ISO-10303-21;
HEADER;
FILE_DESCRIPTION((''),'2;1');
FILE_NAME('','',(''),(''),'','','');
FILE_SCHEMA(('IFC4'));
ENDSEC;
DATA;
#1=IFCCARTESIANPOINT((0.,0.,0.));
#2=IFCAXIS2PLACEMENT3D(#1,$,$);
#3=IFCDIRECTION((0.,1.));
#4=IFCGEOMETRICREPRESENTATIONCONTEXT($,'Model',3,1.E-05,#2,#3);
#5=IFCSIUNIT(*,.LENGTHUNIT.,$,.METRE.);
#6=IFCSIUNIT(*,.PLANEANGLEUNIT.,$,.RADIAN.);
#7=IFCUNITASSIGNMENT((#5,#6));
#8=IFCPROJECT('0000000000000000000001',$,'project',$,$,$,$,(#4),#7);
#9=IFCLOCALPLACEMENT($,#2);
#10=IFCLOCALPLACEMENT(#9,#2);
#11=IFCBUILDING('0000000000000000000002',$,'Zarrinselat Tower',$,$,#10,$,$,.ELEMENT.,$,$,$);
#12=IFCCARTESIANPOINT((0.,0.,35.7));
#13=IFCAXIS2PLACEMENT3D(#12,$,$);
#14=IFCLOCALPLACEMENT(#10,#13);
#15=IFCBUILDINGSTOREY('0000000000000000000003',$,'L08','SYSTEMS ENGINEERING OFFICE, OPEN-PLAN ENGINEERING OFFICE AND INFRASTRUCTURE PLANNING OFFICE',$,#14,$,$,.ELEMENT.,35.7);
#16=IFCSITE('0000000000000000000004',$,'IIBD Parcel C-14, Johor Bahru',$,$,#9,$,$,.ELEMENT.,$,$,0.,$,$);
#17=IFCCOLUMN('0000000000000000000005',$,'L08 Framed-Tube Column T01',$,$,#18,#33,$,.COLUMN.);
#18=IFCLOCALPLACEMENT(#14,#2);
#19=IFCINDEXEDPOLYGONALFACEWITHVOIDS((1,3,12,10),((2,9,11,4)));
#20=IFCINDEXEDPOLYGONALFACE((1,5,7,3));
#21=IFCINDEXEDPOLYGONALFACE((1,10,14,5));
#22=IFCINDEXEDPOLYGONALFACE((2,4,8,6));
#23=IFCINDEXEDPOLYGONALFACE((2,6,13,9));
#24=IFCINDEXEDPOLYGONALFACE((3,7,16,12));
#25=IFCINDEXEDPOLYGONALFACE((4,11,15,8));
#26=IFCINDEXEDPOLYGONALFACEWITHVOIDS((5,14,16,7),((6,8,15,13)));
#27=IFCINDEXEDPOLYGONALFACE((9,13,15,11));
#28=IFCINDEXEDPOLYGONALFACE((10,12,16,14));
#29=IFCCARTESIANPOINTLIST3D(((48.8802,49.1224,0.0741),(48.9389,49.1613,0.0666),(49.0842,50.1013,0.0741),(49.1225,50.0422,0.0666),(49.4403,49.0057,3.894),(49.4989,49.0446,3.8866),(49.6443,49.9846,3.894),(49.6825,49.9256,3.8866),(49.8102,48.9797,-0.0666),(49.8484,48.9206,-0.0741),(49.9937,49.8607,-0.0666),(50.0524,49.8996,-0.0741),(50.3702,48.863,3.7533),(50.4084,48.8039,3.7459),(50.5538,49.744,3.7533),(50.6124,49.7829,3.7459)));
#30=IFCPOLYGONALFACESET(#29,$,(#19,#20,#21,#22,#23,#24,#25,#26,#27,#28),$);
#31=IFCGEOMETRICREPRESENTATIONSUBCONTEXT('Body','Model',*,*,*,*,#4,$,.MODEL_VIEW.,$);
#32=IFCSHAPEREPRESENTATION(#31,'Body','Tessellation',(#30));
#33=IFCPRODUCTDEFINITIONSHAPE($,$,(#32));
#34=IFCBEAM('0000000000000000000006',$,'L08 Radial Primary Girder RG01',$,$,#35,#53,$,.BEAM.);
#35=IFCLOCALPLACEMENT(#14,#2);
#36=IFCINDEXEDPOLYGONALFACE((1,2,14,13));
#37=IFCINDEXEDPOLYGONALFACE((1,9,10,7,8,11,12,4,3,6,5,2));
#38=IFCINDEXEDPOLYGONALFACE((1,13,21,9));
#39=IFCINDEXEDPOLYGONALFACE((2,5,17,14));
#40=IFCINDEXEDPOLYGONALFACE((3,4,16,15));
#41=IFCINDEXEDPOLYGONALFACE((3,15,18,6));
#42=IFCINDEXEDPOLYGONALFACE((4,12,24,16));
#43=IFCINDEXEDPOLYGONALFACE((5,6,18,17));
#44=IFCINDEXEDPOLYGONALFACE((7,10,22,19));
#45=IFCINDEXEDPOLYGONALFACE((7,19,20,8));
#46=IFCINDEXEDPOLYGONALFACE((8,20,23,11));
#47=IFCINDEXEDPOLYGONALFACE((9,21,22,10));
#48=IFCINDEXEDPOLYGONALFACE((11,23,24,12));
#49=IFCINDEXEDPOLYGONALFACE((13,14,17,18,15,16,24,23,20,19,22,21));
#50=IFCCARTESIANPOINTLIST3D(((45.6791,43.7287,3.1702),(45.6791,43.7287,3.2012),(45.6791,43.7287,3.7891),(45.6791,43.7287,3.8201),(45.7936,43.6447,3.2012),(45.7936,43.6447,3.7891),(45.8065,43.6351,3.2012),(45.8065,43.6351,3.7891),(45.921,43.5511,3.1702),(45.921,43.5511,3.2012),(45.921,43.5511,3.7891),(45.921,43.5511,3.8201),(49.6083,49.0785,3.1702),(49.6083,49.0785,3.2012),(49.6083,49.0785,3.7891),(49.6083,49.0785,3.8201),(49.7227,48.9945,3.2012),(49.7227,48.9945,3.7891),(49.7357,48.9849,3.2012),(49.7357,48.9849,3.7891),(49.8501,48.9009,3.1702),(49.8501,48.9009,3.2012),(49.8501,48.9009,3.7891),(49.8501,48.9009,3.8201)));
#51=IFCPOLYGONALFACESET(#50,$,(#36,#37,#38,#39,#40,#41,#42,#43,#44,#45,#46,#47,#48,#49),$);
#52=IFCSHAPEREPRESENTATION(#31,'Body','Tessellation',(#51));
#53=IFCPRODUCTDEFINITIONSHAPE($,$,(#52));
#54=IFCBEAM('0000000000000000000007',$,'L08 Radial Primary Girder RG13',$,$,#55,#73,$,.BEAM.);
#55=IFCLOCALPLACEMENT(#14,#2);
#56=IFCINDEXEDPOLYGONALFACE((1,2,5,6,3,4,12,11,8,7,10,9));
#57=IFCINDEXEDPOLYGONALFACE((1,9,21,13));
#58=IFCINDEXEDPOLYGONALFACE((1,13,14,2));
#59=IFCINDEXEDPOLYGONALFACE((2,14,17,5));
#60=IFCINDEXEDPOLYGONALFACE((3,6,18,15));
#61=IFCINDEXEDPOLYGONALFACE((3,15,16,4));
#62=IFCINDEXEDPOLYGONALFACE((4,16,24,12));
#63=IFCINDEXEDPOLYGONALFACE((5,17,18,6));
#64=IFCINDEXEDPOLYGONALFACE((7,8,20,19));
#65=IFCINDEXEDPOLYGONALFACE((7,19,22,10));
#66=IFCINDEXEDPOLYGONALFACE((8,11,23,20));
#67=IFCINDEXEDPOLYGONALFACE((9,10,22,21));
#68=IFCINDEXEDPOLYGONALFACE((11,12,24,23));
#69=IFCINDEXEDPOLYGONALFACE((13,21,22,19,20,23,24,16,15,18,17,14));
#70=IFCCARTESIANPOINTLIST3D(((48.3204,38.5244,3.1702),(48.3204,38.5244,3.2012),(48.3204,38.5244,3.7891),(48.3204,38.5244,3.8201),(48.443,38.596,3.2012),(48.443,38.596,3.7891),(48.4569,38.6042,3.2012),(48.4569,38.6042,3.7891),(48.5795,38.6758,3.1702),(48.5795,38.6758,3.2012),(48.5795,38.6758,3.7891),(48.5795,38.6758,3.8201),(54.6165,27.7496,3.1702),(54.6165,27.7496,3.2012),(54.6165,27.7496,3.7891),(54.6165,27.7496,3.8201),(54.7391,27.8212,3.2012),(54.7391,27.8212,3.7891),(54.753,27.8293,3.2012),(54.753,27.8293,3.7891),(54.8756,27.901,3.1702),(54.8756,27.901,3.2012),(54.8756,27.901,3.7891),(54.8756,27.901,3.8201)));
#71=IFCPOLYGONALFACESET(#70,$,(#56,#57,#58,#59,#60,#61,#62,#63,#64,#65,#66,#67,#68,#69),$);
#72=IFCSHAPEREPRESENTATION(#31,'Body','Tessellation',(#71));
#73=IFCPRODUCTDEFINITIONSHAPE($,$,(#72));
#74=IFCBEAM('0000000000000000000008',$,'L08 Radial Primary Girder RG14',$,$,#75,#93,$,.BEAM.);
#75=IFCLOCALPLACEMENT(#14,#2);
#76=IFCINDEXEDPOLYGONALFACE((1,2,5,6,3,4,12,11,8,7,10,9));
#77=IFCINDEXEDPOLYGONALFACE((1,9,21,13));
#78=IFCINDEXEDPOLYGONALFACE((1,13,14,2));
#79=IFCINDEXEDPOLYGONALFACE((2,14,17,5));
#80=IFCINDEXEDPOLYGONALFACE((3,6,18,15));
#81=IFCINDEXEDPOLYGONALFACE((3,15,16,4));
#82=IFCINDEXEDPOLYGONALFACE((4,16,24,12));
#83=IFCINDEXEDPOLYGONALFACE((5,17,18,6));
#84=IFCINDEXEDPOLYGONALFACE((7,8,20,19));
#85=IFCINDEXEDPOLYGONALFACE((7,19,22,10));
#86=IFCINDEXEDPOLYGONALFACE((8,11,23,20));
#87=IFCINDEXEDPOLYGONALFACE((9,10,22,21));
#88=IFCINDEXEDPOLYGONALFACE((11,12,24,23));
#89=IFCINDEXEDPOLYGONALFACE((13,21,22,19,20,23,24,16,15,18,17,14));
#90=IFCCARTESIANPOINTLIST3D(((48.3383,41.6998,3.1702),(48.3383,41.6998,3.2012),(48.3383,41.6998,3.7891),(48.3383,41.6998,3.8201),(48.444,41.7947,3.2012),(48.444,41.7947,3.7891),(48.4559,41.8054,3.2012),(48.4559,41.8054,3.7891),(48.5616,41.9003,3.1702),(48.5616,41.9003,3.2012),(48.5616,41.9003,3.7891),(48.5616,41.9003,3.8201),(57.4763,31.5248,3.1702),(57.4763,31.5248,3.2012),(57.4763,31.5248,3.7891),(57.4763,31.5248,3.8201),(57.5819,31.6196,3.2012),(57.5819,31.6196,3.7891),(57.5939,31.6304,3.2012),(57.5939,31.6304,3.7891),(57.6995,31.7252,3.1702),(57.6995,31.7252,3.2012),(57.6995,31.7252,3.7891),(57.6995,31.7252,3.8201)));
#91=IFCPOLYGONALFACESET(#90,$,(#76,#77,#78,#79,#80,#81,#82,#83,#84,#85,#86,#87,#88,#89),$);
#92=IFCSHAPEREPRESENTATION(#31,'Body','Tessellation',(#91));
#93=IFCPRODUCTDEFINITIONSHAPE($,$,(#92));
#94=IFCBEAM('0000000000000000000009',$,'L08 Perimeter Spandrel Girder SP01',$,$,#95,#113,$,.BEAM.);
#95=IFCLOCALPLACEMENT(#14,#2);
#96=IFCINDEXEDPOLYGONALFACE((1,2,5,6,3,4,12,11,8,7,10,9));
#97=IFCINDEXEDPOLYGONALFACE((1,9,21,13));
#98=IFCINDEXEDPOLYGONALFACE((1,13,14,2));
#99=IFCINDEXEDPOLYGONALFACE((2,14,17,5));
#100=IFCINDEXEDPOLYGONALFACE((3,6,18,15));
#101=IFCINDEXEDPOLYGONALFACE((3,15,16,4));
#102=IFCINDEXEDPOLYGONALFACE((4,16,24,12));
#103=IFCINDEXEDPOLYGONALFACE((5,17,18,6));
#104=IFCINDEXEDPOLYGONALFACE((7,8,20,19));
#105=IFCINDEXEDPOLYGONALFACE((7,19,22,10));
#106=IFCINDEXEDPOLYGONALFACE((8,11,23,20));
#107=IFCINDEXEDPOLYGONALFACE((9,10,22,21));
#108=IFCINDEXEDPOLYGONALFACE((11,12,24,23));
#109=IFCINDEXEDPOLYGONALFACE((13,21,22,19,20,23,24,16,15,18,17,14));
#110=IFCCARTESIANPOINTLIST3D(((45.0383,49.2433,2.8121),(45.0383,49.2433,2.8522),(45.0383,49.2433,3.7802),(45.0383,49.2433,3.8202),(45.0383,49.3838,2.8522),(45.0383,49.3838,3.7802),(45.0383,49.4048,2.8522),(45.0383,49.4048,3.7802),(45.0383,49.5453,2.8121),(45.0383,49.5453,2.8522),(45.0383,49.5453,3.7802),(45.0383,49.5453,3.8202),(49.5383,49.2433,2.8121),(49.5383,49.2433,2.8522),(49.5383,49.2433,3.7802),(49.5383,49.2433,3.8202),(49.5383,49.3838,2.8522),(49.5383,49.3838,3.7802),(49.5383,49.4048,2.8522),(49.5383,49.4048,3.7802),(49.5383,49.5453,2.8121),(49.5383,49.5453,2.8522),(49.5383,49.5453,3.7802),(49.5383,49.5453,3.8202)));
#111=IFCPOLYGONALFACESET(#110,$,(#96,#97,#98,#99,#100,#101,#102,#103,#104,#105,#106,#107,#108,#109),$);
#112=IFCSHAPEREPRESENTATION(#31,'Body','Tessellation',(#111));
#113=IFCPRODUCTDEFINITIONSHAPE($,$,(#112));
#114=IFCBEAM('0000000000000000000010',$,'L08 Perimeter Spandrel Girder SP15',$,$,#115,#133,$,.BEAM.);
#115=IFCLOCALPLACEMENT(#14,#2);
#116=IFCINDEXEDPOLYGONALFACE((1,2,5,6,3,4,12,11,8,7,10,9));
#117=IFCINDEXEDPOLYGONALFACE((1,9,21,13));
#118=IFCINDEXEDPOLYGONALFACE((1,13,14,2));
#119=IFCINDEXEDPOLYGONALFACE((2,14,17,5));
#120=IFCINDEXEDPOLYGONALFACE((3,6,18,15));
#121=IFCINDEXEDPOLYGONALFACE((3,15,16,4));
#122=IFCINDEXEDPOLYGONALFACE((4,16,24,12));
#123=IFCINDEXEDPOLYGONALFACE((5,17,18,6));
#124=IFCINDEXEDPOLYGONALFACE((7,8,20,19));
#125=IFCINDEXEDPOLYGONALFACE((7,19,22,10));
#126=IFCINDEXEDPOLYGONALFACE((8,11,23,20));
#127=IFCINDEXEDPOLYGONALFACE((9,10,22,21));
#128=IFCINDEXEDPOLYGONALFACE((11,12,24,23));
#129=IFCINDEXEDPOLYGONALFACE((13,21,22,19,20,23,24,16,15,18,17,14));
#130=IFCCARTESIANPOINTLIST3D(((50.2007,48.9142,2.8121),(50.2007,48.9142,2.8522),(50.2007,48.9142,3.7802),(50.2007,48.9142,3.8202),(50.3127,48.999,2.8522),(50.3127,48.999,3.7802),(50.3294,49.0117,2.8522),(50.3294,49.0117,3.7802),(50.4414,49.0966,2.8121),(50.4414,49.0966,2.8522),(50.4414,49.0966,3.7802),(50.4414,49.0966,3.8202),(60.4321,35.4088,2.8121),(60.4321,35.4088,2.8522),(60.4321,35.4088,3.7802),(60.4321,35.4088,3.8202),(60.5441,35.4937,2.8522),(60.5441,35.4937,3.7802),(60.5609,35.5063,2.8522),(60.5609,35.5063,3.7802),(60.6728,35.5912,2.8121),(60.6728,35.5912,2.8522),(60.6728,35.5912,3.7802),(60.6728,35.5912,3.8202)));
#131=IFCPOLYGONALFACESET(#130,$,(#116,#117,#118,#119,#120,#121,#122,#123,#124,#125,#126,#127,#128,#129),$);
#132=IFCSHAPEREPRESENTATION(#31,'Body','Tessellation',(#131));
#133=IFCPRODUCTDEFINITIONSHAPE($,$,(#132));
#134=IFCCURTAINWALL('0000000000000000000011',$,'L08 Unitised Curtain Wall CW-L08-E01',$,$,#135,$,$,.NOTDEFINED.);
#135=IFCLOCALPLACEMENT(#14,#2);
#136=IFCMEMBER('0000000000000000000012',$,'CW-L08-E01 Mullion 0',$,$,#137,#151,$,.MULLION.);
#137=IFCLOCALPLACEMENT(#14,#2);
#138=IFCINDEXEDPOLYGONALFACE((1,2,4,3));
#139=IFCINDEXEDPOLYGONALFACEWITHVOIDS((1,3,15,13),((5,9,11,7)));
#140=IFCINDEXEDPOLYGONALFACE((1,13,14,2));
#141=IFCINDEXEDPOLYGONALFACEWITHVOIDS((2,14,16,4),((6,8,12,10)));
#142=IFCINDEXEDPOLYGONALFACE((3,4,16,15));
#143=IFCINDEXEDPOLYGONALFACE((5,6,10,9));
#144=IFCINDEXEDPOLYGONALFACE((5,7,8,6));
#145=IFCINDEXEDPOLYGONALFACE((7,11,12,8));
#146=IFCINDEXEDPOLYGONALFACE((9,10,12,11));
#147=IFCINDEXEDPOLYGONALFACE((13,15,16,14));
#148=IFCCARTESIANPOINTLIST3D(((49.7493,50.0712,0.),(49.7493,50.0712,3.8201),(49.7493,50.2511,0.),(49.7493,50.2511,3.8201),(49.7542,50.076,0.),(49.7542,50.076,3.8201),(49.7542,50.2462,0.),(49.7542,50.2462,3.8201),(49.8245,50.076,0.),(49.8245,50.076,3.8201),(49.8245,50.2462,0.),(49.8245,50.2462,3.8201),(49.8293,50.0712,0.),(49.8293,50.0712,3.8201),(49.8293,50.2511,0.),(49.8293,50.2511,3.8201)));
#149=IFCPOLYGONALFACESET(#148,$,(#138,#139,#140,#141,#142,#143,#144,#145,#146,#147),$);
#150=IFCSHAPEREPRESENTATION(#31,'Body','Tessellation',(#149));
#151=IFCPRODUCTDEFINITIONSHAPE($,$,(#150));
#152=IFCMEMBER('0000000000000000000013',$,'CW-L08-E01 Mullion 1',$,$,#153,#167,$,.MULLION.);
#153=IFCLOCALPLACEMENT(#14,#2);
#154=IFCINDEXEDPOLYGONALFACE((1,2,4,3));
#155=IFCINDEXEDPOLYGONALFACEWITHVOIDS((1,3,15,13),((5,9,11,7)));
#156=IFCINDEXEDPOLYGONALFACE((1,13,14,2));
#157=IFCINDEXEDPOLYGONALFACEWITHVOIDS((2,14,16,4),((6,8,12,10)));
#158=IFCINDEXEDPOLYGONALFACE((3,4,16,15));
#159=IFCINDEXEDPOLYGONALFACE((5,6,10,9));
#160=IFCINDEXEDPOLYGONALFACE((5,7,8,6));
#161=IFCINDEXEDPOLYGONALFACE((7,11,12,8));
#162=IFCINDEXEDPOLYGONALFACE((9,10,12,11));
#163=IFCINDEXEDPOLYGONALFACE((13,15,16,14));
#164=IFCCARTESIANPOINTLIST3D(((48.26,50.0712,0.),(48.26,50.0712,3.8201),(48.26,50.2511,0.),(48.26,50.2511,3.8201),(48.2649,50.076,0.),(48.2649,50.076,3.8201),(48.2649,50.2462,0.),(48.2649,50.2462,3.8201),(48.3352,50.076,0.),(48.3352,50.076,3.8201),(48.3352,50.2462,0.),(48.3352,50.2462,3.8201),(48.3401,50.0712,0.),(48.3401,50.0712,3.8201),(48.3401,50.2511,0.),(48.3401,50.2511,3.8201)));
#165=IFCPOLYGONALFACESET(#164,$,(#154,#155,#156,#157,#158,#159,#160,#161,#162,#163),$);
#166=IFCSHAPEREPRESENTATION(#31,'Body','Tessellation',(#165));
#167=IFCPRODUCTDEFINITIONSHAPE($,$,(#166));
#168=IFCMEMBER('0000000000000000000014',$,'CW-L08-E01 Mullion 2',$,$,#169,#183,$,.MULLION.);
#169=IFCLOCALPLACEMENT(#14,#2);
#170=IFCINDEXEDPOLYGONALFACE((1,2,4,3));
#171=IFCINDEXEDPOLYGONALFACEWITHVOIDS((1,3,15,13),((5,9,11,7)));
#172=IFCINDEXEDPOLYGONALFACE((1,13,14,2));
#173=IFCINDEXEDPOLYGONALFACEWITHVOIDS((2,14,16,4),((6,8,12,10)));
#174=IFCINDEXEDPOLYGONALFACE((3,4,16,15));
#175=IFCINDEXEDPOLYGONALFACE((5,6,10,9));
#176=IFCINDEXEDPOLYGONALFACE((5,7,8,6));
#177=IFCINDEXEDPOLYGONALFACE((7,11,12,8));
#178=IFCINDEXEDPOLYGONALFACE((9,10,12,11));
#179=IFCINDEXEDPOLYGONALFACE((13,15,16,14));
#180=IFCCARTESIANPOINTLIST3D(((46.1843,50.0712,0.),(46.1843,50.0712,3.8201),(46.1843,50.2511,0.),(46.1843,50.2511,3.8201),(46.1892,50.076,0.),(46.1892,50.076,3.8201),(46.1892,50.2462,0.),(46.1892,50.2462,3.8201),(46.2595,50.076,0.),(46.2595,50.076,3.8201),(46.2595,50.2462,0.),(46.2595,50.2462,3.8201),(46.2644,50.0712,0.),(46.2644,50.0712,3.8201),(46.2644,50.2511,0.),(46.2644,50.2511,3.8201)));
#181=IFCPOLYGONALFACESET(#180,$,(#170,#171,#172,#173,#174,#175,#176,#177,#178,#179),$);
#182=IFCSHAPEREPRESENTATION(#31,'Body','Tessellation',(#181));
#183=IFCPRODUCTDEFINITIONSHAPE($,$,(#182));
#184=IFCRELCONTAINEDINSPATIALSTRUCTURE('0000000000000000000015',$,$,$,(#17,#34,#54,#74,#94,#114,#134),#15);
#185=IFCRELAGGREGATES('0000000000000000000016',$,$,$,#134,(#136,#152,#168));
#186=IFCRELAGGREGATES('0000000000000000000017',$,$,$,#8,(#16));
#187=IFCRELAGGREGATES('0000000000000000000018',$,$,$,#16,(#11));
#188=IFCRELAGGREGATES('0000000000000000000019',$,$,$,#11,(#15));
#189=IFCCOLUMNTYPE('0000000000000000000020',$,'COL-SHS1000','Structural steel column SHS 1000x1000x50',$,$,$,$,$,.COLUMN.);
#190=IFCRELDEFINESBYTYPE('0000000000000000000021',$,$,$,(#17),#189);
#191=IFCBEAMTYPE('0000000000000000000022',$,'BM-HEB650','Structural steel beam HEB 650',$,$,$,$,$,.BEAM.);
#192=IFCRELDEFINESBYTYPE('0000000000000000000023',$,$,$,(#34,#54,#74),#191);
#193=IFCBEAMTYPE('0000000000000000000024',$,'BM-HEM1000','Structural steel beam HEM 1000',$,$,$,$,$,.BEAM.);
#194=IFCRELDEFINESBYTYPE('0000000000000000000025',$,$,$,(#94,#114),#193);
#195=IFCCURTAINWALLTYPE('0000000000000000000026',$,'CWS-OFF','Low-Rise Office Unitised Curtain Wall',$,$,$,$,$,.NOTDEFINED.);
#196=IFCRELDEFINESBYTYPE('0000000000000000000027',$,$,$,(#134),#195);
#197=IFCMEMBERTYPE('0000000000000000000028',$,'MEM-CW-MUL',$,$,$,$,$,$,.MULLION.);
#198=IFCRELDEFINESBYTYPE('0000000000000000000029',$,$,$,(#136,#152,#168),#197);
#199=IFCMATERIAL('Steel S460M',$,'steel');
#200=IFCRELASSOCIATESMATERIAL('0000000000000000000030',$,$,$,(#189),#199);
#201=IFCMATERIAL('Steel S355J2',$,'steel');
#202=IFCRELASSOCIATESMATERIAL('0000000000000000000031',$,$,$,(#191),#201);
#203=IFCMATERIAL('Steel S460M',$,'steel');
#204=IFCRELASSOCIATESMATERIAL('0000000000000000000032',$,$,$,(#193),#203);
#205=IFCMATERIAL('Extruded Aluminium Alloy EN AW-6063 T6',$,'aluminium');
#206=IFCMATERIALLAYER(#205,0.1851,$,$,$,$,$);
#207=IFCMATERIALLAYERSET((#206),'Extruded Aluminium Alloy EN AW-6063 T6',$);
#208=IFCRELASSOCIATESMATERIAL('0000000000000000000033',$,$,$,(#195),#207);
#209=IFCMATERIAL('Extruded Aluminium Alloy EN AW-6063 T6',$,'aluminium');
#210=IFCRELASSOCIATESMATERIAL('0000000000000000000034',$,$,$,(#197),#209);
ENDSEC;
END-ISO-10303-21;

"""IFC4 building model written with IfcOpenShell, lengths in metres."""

from ifc_helpers import new_model, si_unit, direction, frame, origin, origin_2d, place, context, subcontext, project, spatial, hollow_rectangle, i_section, extrude, material, layer, layer_set, material_profile, profile_set, type_object, element, aggregate, save


model = new_model("IFC4")

# Units and contexts
model_context = context("Model", 3, precision=1e-05, world=origin(), true_north=direction((0.0, 1.0)))
body_context = subcontext(model_context, "Body", "Model", "MODEL_VIEW")
ifc_project = project(units=[si_unit("LENGTHUNIT", "METRE"), si_unit("PLANEANGLEUNIT", "RADIAN")], contexts=[model_context])

# Site, building, storey
site_placement = place(None, origin())
site = spatial("IfcSite", under=ifc_project, at=site_placement, Name="IIBD Parcel C-14, Johor Bahru", CompositionType="ELEMENT", RefElevation=0.0)
building_placement = place(site_placement, origin())
building = spatial("IfcBuilding", under=site, at=building_placement, Name="Zarrinselat Tower", CompositionType="ELEMENT")
storey_placement = place(building_placement, frame((0.0, 0.0, 35.7)))
storey = spatial("IfcBuildingStorey", under=building, at=storey_placement, Name="L08", Description="SYSTEMS ENGINEERING OFFICE, OPEN-PLAN ENGINEERING OFFICE AND INFRASTRUCTURE PLANNING OFFICE", CompositionType="ELEMENT", Elevation=35.7)

# Column
ifc_material_1 = material(Name="Steel S460M", Category="steel")
ifc_material_profile_1 = material_profile(ifc_material_1, hollow_rectangle(XDim=1.0, YDim=1.0, WallThickness=0.05, at=origin_2d()), Name="SHS 1000x1000x50")
ifc_profile_set_1 = profile_set([ifc_material_profile_1], Name="Steel S460M")
column_type = type_object("IfcColumnType", Name="COL-SHS1000", Description="Structural steel column SHS 1000x1000x50", PredefinedType="COLUMN", material=ifc_profile_set_1)
column_placement = place(storey_placement, frame((49.4663, 49.511, 0.0), z_axis=(0.144993, -0.030212, 0.988971), x_axis=(0.203988, 0.978973, 0.0)))
element("IfcColumn", 1, at=column_placement, inside=storey, type_object=column_type, Name="L08 Framed-Tube Column T01", PredefinedType="COLUMN", context=body_context, shape_type="SweptSolid", body=[
    extrude(hollow_rectangle(XDim=1.0, YDim=1.0, WallThickness=0.05, at=origin_2d()), origin(), (0.0, 0.0, 1.0), 3.8625),
])

# Beams
ifc_material_2 = material(Name="Steel S355J2", Category="steel")
ifc_material_profile_2 = material_profile(ifc_material_2, i_section(OverallWidth=0.3, OverallDepth=0.6499, WebThickness=0.0161, FlangeThickness=0.031, at=origin_2d()), Name="HEB 650")
ifc_profile_set_2 = profile_set([ifc_material_profile_2], Name="Steel S355J2")
beam_type_1 = type_object("IfcBeamType", Name="BM-HEB650", Description="Structural steel beam HEB 650", PredefinedType="BEAM", material=ifc_profile_set_2)
beam_1_placement = place(storey_placement, frame((45.8, 43.6399, 3.4951), z_axis=(0.591949, 0.805976, 0.0), x_axis=(-0.805976, 0.591949, 0.0)))
element("IfcBeam", 2, at=beam_1_placement, inside=storey, type_object=beam_type_1, Name="L08 Radial Primary Girder RG01", PredefinedType="BEAM", context=body_context, shape_type="SweptSolid", body=[
    extrude(i_section(OverallWidth=0.3, OverallDepth=0.6499, WebThickness=0.0161, FlangeThickness=0.031, at=origin_2d()), origin(), (0.0, 0.0, 1.0), 6.6377),
])
beam_2_placement = place(storey_placement, frame((48.45, 38.6001, 3.4951), z_axis=(0.504516, -0.863403, 0.0), x_axis=(0.863403, 0.504516, 0.0)))
element("IfcBeam", 3, at=beam_2_placement, inside=storey, type_object=beam_type_1, Name="L08 Radial Primary Girder RG13", PredefinedType="BEAM", context=body_context, shape_type="SweptSolid", body=[
    extrude(i_section(OverallWidth=0.3, OverallDepth=0.6499, WebThickness=0.0161, FlangeThickness=0.031, at=origin_2d()), origin(), (0.0, 0.0, 1.0), 12.4795),
])
beam_3_placement = place(storey_placement, frame((48.45, 41.8, 3.4951), z_axis=(0.668172, -0.744007, 0.0), x_axis=(0.744007, 0.668172, 0.0)))
element("IfcBeam", 4, at=beam_3_placement, inside=storey, type_object=beam_type_1, Name="L08 Radial Primary Girder RG14", PredefinedType="BEAM", context=body_context, shape_type="SweptSolid", body=[
    extrude(i_section(OverallWidth=0.3, OverallDepth=0.6499, WebThickness=0.0161, FlangeThickness=0.031, at=origin_2d()), origin(), (0.0, 0.0, 1.0), 13.676),
])
ifc_material_3 = material(Name="Steel S460M", Category="steel")
ifc_material_profile_3 = material_profile(ifc_material_3, i_section(OverallWidth=0.302, OverallDepth=1.0081, WebThickness=0.021, FlangeThickness=0.04, at=origin_2d()), Name="HEM 1000")
ifc_profile_set_3 = profile_set([ifc_material_profile_3], Name="Steel S460M")
beam_type_2 = type_object("IfcBeamType", Name="BM-HEM1000", Description="Structural steel beam HEM 1000", PredefinedType="BEAM", material=ifc_profile_set_3)
beam_4_placement = place(storey_placement, frame((45.0383, 49.3943, 3.3162), z_axis=(1.0, 0.0, 0.0), x_axis=(0.0, 1.0, 0.0)))
element("IfcBeam", 5, at=beam_4_placement, inside=storey, type_object=beam_type_2, Name="L08 Perimeter Spandrel Girder SP01", PredefinedType="BEAM", context=body_context, shape_type="SweptSolid", body=[
    extrude(i_section(OverallWidth=0.302, OverallDepth=1.0081, WebThickness=0.021, FlangeThickness=0.04, at=origin_2d()), origin(), (0.0, 0.0, 1.0), 4.5),
])
beam_5_placement = place(storey_placement, frame((50.321, 49.0054, 3.3162), z_axis=(0.603862, -0.797089, 0.0), x_axis=(0.797089, 0.603862, 0.0)))
element("IfcBeam", 6, at=beam_5_placement, inside=storey, type_object=beam_type_2, Name="L08 Perimeter Spandrel Girder SP15", PredefinedType="BEAM", context=body_context, shape_type="SweptSolid", body=[
    extrude(i_section(OverallWidth=0.302, OverallDepth=1.0081, WebThickness=0.021, FlangeThickness=0.04, at=origin_2d()), origin(), (0.0, 0.0, 1.0), 16.9434),
])

# Curtain wall, members
ifc_material_4 = material(Name="Extruded Aluminium Alloy EN AW-6063 T6", Category="aluminium")
ifc_layer_1 = layer(ifc_material_4, 0.1851)
ifc_layer_set_1 = layer_set([ifc_layer_1], Name="Extruded Aluminium Alloy EN AW-6063 T6")
curtain_wall_type = type_object("IfcCurtainWallType", Name="CWS-OFF", Description="Low-Rise Office Unitised Curtain Wall", PredefinedType="NOTDEFINED", material=ifc_layer_set_1)
curtain_wall_1_placement = place(storey_placement, origin())
curtain_wall_1 = element("IfcCurtainWall", 7, at=curtain_wall_1_placement, inside=storey, type_object=curtain_wall_type, Name="L08 Unitised Curtain Wall CW-L08-E01", PredefinedType="NOTDEFINED")
ifc_material_5 = material(Name="Extruded Aluminium Alloy EN AW-6063 T6", Category="aluminium")
ifc_material_profile_4 = material_profile(ifc_material_5, hollow_rectangle(XDim=0.0801, YDim=0.1799, WallThickness=0.0049, at=origin_2d()), Name="RHS 180x80x5")
ifc_profile_set_4 = profile_set([ifc_material_profile_4], Name="Extruded Aluminium Alloy EN AW-6063 T6")
member_type_1 = type_object("IfcMemberType", Name="MEM-CW-MUL", PredefinedType="MULLION", material=ifc_profile_set_4)
member_1_placement = place(storey_placement, frame((49.7893, 50.1611, 0.0), z_axis=(0.0, 0.0, 1.0), x_axis=(-1.0, 0.0, 0.0)))
member_1 = element("IfcMember", 8, at=member_1_placement, type_object=member_type_1, Name="CW-L08-E01 Mullion 0", PredefinedType="MULLION", context=body_context, shape_type="SweptSolid", body=[
    extrude(hollow_rectangle(XDim=0.0801, YDim=0.1799, WallThickness=0.0049, at=origin_2d()), origin(), (0.0, 0.0, 1.0), 3.8201),
])
member_2_placement = place(storey_placement, frame((48.3, 50.1611, 0.0), z_axis=(0.0, 0.0, 1.0), x_axis=(-1.0, 0.0, 0.0)))
member_2 = element("IfcMember", 9, at=member_2_placement, type_object=member_type_1, Name="CW-L08-E01 Mullion 1", PredefinedType="MULLION", context=body_context, shape_type="SweptSolid", body=[
    extrude(hollow_rectangle(XDim=0.0801, YDim=0.1799, WallThickness=0.0049, at=origin_2d()), origin(), (0.0, 0.0, 1.0), 3.8201),
])
member_3_placement = place(storey_placement, frame((46.2244, 50.1611, 0.0), z_axis=(0.0, 0.0, 1.0), x_axis=(-1.0, 0.0, 0.0)))
member_3 = element("IfcMember", 10, at=member_3_placement, type_object=member_type_1, Name="CW-L08-E01 Mullion 2", PredefinedType="MULLION", context=body_context, shape_type="SweptSolid", body=[
    extrude(hollow_rectangle(XDim=0.0801, YDim=0.1799, WallThickness=0.0049, at=origin_2d()), origin(), (0.0, 0.0, 1.0), 3.8201),
])

aggregate(curtain_wall_1, [member_1, member_2, member_3])

save(model, "model.ifc")
